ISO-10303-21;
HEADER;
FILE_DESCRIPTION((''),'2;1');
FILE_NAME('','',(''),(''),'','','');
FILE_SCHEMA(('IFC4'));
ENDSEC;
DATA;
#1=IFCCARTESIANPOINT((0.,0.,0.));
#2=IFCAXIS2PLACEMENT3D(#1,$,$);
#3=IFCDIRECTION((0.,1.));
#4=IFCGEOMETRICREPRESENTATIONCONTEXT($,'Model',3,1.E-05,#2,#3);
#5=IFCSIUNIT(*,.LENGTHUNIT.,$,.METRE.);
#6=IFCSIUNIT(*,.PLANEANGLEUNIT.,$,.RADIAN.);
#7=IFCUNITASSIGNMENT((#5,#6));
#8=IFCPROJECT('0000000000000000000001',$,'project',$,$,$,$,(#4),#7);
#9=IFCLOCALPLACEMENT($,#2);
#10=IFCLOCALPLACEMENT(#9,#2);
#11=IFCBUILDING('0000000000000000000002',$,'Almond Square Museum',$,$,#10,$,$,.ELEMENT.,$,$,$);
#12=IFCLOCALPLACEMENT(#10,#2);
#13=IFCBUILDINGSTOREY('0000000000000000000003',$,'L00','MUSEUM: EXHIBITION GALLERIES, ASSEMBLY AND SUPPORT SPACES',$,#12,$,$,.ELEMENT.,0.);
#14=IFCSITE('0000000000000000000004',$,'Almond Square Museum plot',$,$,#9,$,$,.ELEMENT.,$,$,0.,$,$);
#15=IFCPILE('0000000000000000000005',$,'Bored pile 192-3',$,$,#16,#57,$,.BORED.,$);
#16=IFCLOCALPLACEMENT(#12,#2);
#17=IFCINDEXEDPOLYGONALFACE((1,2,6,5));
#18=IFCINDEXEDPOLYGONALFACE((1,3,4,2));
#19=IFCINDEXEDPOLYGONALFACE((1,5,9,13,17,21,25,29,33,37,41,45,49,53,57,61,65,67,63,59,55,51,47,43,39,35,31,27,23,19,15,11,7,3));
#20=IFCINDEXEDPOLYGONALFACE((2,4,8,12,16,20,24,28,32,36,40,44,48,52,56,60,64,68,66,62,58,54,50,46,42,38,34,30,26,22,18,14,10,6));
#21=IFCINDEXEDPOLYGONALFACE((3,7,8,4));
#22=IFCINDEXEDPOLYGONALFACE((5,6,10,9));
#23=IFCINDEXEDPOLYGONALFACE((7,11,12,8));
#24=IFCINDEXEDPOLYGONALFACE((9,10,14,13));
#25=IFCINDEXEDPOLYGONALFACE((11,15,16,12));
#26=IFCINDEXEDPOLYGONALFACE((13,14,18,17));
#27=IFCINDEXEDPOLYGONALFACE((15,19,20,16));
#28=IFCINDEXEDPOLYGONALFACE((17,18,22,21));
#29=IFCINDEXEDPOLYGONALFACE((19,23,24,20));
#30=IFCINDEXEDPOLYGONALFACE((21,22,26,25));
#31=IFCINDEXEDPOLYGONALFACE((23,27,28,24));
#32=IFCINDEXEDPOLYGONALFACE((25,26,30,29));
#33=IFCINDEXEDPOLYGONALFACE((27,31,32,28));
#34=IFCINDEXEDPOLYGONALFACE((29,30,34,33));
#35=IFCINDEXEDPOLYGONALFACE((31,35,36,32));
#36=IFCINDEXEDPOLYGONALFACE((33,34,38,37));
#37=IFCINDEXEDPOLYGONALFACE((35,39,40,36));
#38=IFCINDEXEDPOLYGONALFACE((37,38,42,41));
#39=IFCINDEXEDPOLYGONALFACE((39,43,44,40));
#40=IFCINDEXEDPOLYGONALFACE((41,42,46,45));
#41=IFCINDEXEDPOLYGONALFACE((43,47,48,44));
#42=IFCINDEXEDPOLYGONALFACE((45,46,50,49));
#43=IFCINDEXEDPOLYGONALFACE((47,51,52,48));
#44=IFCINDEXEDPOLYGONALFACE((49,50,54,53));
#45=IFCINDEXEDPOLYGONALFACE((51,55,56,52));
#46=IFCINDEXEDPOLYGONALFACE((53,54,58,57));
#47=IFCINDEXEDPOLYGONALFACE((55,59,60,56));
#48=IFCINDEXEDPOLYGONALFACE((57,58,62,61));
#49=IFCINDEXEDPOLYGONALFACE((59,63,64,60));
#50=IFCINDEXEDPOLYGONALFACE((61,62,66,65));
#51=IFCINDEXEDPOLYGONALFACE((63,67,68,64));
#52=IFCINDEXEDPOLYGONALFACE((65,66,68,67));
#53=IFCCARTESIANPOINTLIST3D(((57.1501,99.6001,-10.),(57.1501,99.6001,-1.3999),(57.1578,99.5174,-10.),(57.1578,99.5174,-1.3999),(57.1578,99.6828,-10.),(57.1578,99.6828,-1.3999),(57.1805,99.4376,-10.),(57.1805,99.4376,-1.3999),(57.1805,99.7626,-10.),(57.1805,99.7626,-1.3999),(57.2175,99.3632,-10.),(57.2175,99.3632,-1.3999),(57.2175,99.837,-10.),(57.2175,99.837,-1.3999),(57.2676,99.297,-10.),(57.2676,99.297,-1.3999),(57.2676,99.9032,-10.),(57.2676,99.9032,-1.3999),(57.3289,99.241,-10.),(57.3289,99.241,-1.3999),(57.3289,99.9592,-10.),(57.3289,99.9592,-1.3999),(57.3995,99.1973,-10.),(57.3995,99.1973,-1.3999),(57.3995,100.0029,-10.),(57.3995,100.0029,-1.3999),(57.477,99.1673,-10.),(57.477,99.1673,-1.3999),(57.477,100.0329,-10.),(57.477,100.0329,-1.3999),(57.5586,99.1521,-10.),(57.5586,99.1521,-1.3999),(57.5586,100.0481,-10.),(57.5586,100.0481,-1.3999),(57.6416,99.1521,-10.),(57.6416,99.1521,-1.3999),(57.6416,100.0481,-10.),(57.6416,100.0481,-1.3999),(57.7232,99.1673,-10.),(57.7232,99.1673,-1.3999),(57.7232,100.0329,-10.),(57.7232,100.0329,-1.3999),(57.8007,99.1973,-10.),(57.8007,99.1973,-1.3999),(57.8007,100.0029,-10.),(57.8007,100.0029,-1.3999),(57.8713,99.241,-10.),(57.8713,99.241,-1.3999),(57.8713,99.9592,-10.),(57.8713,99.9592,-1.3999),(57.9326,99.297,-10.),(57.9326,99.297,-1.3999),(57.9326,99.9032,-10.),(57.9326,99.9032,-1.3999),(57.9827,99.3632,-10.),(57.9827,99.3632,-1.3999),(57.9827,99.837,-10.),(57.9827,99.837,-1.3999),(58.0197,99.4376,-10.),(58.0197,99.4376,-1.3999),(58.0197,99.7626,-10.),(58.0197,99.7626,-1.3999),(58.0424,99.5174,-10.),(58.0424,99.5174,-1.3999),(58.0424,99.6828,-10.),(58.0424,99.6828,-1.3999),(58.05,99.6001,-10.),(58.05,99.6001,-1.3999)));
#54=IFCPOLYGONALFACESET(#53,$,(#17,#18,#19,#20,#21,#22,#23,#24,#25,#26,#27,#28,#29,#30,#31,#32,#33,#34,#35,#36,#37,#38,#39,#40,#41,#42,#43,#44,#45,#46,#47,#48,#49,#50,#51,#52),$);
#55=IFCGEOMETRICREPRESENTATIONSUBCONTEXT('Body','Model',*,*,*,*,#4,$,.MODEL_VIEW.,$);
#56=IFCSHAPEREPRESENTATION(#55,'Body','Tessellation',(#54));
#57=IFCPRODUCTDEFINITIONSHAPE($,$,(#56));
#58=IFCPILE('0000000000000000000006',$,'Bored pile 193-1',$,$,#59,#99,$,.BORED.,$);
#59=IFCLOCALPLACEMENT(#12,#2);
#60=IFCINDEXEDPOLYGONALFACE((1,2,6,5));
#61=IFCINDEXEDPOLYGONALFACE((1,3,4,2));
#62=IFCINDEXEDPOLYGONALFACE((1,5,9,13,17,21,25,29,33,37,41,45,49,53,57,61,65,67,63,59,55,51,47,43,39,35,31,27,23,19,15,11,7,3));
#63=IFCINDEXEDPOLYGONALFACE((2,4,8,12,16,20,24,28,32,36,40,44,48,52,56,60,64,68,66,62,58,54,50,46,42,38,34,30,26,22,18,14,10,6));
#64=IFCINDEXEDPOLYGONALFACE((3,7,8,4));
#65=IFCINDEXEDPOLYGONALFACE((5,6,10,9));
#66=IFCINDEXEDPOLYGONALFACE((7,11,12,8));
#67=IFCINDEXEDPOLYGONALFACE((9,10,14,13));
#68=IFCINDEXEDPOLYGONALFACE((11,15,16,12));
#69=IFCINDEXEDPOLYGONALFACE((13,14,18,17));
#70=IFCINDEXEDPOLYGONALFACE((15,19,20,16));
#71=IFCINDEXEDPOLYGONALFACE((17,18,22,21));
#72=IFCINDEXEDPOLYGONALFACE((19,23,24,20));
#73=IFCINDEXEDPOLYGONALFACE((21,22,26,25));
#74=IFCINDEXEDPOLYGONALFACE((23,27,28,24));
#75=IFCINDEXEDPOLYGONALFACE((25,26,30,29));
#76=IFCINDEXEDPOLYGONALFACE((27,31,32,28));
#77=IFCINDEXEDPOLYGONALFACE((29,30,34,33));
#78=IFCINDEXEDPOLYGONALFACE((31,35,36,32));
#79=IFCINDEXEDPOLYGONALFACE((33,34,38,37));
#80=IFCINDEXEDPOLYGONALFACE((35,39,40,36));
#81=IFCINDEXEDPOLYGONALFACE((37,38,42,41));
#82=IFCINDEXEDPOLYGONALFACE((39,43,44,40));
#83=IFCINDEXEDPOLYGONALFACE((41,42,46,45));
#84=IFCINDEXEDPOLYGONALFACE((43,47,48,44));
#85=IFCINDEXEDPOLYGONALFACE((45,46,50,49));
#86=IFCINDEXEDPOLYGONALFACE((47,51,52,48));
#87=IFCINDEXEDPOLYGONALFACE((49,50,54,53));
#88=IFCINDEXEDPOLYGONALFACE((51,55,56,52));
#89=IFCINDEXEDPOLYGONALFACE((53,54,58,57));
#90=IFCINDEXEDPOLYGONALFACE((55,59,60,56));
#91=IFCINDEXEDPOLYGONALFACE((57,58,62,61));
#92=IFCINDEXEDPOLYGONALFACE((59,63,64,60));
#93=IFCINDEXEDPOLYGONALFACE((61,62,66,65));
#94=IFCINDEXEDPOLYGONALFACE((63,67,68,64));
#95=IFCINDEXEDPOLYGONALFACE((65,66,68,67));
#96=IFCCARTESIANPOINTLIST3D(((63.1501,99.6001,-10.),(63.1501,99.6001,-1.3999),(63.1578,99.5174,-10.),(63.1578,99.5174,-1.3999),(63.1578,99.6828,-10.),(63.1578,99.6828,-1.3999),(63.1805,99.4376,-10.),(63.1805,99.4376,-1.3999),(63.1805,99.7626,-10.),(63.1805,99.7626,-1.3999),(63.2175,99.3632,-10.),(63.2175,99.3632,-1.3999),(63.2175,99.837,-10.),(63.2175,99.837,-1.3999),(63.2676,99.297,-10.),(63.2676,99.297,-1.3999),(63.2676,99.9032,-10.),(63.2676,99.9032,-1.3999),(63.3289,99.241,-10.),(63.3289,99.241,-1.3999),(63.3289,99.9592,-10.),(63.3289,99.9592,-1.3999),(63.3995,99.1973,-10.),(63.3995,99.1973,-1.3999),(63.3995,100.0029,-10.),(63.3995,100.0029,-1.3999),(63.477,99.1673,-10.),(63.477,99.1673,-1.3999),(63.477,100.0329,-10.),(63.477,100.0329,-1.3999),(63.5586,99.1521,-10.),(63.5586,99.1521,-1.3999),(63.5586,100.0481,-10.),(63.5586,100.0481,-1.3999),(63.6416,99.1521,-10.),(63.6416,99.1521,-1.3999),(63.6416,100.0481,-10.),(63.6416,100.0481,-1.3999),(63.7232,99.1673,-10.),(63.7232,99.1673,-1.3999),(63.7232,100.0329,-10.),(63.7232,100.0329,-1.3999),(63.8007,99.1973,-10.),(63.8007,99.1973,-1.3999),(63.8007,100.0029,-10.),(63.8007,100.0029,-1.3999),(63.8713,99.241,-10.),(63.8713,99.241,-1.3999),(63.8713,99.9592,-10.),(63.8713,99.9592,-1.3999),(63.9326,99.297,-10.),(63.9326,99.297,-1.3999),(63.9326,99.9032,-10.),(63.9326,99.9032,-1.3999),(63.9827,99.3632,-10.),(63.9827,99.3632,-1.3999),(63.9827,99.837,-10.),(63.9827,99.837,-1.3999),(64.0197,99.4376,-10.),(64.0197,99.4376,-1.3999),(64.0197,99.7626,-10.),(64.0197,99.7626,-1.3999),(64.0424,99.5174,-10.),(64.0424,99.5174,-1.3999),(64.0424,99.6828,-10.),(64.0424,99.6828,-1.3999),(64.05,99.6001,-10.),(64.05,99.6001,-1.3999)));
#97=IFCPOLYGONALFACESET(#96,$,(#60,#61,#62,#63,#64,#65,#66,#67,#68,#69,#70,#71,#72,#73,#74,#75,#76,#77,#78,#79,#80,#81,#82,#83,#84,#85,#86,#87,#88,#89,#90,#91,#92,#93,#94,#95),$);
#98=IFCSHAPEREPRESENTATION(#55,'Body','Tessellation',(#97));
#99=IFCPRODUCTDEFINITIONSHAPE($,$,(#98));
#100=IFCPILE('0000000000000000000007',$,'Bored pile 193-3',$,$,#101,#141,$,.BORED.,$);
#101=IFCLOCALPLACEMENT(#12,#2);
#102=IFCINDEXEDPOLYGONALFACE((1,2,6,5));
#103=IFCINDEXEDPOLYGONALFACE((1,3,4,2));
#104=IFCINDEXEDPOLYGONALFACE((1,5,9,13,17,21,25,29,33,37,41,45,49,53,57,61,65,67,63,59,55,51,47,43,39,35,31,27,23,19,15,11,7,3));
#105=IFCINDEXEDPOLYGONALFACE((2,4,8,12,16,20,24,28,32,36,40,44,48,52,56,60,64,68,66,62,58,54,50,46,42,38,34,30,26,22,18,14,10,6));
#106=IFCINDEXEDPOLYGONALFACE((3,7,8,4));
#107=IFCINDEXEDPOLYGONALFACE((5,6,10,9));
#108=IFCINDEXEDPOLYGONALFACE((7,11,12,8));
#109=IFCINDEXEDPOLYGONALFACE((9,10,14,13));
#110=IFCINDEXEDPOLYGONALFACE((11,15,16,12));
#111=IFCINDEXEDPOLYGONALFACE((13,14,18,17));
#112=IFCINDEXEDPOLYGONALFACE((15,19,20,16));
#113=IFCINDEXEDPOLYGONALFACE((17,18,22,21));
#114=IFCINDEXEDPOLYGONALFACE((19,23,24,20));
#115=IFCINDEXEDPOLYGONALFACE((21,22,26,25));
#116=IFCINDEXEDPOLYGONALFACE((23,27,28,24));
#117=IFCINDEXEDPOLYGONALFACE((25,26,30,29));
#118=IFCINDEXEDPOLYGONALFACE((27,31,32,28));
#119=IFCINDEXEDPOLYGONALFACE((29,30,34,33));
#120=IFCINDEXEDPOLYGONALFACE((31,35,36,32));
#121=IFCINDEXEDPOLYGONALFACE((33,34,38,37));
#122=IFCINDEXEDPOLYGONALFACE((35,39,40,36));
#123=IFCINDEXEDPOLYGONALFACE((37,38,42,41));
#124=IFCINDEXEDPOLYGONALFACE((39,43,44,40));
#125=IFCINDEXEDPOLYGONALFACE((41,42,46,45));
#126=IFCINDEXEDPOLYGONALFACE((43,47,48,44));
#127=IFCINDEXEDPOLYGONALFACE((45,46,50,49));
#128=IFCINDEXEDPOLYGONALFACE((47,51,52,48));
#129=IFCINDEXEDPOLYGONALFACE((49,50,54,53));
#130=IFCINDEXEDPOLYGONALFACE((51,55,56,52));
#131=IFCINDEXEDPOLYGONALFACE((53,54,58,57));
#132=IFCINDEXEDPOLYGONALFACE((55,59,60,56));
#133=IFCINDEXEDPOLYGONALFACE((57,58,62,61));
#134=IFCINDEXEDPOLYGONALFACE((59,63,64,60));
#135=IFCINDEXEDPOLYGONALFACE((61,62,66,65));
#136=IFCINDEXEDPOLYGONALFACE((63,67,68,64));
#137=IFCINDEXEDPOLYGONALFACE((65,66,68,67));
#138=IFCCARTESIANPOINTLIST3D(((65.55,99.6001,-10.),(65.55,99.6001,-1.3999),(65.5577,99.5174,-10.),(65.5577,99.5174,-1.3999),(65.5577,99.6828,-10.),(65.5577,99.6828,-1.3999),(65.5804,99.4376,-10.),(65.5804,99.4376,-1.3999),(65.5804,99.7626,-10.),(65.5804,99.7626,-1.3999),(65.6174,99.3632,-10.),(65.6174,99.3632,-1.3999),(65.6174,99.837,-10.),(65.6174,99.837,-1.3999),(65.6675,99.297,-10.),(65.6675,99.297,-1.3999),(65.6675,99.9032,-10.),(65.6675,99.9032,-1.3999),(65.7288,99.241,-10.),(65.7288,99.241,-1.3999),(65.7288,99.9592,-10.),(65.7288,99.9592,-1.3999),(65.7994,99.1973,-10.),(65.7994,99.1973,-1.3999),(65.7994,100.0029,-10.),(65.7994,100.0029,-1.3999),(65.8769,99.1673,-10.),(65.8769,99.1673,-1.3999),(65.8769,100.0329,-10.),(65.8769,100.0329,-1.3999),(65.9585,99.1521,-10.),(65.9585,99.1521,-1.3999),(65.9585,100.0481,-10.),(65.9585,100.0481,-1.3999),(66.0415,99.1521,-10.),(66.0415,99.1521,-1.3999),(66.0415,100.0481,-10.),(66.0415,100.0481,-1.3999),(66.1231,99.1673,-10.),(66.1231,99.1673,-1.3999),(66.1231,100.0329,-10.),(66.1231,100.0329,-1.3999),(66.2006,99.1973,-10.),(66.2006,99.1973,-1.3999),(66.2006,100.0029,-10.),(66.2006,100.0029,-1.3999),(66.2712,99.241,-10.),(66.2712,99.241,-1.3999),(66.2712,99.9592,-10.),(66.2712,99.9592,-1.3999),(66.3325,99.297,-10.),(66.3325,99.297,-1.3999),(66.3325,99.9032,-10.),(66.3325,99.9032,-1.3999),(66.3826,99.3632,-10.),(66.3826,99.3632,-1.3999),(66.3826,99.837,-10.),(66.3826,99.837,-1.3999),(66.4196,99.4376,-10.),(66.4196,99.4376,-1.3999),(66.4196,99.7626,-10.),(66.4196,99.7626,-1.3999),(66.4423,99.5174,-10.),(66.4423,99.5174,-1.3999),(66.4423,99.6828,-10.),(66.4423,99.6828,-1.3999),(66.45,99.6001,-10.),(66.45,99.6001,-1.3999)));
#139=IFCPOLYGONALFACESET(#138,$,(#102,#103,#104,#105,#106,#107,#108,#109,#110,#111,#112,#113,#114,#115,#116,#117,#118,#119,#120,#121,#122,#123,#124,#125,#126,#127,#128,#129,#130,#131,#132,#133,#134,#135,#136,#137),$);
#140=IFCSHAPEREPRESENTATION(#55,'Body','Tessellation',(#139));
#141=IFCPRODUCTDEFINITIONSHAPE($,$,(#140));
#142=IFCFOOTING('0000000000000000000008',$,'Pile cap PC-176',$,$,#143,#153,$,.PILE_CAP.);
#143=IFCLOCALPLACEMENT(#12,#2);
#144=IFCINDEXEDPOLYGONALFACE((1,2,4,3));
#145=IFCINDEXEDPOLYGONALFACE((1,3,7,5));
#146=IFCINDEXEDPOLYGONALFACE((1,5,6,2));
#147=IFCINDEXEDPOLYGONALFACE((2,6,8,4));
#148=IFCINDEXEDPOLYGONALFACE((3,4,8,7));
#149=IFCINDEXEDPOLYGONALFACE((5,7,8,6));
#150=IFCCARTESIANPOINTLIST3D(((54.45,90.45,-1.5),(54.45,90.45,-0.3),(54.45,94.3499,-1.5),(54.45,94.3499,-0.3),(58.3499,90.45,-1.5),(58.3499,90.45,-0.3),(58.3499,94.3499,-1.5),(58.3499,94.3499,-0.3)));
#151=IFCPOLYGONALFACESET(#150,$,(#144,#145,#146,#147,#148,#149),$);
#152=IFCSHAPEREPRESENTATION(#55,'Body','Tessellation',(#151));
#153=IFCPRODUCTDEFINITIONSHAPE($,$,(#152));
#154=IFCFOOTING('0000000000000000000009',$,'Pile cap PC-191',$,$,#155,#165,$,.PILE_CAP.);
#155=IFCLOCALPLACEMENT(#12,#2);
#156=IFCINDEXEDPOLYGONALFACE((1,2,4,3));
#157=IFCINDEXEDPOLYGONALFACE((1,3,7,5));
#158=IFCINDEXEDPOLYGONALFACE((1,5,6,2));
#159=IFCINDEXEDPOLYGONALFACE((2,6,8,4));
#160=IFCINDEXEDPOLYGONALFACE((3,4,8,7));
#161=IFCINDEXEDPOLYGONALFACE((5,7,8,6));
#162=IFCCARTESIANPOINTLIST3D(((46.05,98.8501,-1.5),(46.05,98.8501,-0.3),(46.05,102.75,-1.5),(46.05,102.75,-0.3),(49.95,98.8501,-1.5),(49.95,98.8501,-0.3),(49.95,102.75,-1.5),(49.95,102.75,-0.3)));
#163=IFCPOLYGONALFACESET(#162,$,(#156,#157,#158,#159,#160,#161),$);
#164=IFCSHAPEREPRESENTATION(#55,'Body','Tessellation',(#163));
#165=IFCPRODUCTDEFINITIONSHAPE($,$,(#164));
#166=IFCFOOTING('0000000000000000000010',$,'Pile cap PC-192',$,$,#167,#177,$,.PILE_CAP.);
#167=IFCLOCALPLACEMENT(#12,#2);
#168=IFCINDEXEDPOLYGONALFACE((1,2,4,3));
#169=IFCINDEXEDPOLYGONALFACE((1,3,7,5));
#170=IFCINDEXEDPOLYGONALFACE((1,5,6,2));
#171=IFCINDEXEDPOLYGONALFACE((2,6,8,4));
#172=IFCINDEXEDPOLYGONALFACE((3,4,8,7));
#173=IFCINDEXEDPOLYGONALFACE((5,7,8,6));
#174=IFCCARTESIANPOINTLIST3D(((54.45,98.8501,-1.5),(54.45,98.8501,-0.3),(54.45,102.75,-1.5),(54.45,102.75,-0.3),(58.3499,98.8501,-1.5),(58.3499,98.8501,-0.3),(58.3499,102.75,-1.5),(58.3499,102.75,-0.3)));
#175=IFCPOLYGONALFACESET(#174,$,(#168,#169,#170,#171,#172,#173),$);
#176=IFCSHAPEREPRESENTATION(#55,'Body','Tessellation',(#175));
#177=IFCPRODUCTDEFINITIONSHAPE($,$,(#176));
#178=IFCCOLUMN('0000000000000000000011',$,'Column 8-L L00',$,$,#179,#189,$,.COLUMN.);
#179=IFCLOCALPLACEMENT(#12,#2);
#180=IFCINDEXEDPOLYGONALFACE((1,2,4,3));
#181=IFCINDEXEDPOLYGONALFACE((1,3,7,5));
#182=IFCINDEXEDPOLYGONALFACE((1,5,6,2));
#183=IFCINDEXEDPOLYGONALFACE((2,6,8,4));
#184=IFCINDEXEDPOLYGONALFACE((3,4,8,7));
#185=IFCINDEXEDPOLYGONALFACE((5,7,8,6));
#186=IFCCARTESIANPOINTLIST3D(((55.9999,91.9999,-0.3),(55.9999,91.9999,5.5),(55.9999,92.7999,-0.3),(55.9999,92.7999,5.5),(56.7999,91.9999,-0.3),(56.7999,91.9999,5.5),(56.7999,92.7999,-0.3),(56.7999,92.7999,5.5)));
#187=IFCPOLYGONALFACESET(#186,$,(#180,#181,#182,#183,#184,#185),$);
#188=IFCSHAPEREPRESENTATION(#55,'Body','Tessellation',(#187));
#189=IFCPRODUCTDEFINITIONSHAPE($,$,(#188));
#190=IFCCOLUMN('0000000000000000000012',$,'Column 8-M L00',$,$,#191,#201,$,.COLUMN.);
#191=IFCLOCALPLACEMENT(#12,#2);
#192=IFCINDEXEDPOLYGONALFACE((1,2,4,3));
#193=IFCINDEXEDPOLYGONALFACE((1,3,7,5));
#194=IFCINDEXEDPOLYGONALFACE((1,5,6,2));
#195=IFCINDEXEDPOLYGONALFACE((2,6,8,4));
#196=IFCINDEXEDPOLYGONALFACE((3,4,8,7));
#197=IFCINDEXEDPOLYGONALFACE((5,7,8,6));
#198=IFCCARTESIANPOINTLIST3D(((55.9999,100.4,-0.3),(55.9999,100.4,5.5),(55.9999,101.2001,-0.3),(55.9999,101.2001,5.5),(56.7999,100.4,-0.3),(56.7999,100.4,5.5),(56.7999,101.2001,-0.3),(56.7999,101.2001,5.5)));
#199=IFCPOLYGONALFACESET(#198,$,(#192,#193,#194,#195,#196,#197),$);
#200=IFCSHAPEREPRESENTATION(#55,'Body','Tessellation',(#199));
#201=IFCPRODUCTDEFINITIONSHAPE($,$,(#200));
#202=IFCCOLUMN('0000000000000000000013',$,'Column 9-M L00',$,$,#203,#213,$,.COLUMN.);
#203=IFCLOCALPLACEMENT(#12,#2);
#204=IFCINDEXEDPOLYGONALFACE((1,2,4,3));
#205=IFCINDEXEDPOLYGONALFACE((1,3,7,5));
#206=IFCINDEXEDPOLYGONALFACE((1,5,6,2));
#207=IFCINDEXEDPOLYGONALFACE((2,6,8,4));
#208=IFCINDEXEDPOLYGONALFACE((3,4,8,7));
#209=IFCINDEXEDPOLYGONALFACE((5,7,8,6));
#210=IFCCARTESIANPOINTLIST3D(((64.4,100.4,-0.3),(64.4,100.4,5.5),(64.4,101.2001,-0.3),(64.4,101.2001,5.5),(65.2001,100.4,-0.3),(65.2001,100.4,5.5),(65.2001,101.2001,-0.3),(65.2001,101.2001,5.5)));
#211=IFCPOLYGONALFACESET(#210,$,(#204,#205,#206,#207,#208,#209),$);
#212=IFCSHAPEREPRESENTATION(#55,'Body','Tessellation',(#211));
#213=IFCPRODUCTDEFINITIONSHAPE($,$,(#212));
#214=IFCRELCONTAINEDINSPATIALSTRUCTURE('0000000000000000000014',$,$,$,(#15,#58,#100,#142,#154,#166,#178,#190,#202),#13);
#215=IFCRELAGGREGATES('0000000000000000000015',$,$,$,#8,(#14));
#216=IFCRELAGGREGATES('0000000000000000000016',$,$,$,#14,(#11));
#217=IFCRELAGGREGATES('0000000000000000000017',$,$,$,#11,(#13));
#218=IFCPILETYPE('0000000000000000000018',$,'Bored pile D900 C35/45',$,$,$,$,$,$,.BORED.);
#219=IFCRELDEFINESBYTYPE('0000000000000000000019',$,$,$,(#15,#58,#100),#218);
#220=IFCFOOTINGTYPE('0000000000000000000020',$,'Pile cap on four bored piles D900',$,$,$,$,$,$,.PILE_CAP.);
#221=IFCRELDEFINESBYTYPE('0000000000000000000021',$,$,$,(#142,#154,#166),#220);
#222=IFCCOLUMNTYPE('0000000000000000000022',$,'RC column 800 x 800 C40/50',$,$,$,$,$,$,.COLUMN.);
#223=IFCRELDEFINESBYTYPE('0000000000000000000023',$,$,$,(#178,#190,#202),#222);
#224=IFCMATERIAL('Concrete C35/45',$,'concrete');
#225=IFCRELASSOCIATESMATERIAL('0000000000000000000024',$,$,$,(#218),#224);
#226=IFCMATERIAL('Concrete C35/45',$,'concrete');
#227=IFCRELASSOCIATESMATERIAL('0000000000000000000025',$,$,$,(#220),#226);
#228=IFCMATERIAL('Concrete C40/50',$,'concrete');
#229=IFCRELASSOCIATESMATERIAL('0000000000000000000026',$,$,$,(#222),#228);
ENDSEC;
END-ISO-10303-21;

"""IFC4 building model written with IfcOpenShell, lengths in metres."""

from ifc_helpers import new_model, si_unit, direction, frame, origin, origin_2d, place, context, subcontext, project, spatial, rectangle, circle, extrude, material, material_profile, profile_set, type_object, element, save


model = new_model("IFC4")

# Units and contexts
model_context = context("Model", 3, precision=1e-05, world=origin(), true_north=direction((0.0, 1.0)))
body_context = subcontext(model_context, "Body", "Model", "MODEL_VIEW")
ifc_project = project(units=[si_unit("LENGTHUNIT", "METRE"), si_unit("PLANEANGLEUNIT", "RADIAN")], contexts=[model_context])

# Site, building, storey
site_placement = place(None, origin())
site = spatial("IfcSite", under=ifc_project, at=site_placement, Name="Almond Square Museum plot", CompositionType="ELEMENT", RefElevation=0.0)
building_placement = place(site_placement, origin())
building = spatial("IfcBuilding", under=site, at=building_placement, Name="Almond Square Museum", CompositionType="ELEMENT")
storey_placement = place(building_placement, origin())
storey = spatial("IfcBuildingStorey", under=building, at=storey_placement, Name="L00", Description="MUSEUM: EXHIBITION GALLERIES, ASSEMBLY AND SUPPORT SPACES", CompositionType="ELEMENT", Elevation=0.0)

# Piles
ifc_material_1 = material(Name="Concrete C35/45", Category="concrete")
ifc_material_profile_1 = material_profile(ifc_material_1, circle(Radius=0.45, at=origin_2d()))
ifc_profile_set_1 = profile_set([ifc_material_profile_1], Name="Concrete C35/45")
pile_type = type_object("IfcPileType", Name="Bored pile D900 C35/45", PredefinedType="BORED", material=ifc_profile_set_1)
for number, where, z_axis, x_axis, name in (
    (1, (57.6001, 99.6001, -1.3999), (0.0, 0.0, -1.0), (1.0, 0.0, 0.0), "Bored pile 192-3"),
    (2, (63.6001, 99.6001, -1.3999), (0.0, 0.0, -1.0), (1.0, 0.0, 0.0), "Bored pile 193-1"),
    (3, (66.0, 99.6001, -1.3999), (0.0, 0.0, -1.0), (1.0, 0.0, 0.0), "Bored pile 193-3"),
):
    element("IfcPile", number, at=place(storey_placement, frame(where, z_axis=z_axis, x_axis=x_axis)), inside=storey, type_object=pile_type, Name=name, PredefinedType="BORED", context=body_context, shape_type="SweptSolid", body=[
        extrude(circle(Radius=0.45, at=origin_2d()), origin(), (0.0, 0.0, 1.0), 8.6001),
    ])

# Footings
ifc_material_2 = material(Name="Concrete C35/45", Category="concrete")
footing_type = type_object("IfcFootingType", Name="Pile cap on four bored piles D900", PredefinedType="PILE_CAP", material=ifc_material_2)
for number, where, z_axis, x_axis, name in (
    (4, (56.3999, 92.3999, -1.5), (0.0, 0.0, 1.0), (1.0, 0.0, 0.0), "Pile cap PC-176"),
    (5, (48.0, 100.8, -1.5), (0.0, 0.0, 1.0), (1.0, 0.0, 0.0), "Pile cap PC-191"),
    (6, (56.3999, 100.8, -1.5), (0.0, 0.0, 1.0), (1.0, 0.0, 0.0), "Pile cap PC-192"),
):
    element("IfcFooting", number, at=place(storey_placement, frame(where, z_axis=z_axis, x_axis=x_axis)), inside=storey, type_object=footing_type, Name=name, PredefinedType="PILE_CAP", context=body_context, shape_type="SweptSolid", body=[
        extrude(rectangle(XDim=3.8999, YDim=3.8999, at=origin_2d()), origin(), (0.0, 0.0, 1.0), 1.2),
    ])

# Columns
ifc_material_3 = material(Name="Concrete C40/50", Category="concrete")
ifc_material_profile_2 = material_profile(ifc_material_3, rectangle(XDim=0.8, YDim=0.8, at=origin_2d()))
ifc_profile_set_2 = profile_set([ifc_material_profile_2], Name="Concrete C40/50")
column_type = type_object("IfcColumnType", Name="RC column 800 x 800 C40/50", PredefinedType="COLUMN", material=ifc_profile_set_2)
for number, where, z_axis, x_axis, name in (
    (7, (56.3999, 92.3999, -0.3), (0.0, 0.0, 1.0), (1.0, 0.0, 0.0), "Column 8-L L00"),
    (8, (56.3999, 100.8, -0.3), (0.0, 0.0, 1.0), (1.0, 0.0, 0.0), "Column 8-M L00"),
    (9, (64.8, 100.8, -0.3), (0.0, 0.0, 1.0), (1.0, 0.0, 0.0), "Column 9-M L00"),
):
    element("IfcColumn", number, at=place(storey_placement, frame(where, z_axis=z_axis, x_axis=x_axis)), inside=storey, type_object=column_type, Name=name, PredefinedType="COLUMN", context=body_context, shape_type="SweptSolid", body=[
        extrude(rectangle(XDim=0.8, YDim=0.8, at=origin_2d()), origin(), (0.0, 0.0, 1.0), 5.8),
    ])

save(model, "model.ifc")
